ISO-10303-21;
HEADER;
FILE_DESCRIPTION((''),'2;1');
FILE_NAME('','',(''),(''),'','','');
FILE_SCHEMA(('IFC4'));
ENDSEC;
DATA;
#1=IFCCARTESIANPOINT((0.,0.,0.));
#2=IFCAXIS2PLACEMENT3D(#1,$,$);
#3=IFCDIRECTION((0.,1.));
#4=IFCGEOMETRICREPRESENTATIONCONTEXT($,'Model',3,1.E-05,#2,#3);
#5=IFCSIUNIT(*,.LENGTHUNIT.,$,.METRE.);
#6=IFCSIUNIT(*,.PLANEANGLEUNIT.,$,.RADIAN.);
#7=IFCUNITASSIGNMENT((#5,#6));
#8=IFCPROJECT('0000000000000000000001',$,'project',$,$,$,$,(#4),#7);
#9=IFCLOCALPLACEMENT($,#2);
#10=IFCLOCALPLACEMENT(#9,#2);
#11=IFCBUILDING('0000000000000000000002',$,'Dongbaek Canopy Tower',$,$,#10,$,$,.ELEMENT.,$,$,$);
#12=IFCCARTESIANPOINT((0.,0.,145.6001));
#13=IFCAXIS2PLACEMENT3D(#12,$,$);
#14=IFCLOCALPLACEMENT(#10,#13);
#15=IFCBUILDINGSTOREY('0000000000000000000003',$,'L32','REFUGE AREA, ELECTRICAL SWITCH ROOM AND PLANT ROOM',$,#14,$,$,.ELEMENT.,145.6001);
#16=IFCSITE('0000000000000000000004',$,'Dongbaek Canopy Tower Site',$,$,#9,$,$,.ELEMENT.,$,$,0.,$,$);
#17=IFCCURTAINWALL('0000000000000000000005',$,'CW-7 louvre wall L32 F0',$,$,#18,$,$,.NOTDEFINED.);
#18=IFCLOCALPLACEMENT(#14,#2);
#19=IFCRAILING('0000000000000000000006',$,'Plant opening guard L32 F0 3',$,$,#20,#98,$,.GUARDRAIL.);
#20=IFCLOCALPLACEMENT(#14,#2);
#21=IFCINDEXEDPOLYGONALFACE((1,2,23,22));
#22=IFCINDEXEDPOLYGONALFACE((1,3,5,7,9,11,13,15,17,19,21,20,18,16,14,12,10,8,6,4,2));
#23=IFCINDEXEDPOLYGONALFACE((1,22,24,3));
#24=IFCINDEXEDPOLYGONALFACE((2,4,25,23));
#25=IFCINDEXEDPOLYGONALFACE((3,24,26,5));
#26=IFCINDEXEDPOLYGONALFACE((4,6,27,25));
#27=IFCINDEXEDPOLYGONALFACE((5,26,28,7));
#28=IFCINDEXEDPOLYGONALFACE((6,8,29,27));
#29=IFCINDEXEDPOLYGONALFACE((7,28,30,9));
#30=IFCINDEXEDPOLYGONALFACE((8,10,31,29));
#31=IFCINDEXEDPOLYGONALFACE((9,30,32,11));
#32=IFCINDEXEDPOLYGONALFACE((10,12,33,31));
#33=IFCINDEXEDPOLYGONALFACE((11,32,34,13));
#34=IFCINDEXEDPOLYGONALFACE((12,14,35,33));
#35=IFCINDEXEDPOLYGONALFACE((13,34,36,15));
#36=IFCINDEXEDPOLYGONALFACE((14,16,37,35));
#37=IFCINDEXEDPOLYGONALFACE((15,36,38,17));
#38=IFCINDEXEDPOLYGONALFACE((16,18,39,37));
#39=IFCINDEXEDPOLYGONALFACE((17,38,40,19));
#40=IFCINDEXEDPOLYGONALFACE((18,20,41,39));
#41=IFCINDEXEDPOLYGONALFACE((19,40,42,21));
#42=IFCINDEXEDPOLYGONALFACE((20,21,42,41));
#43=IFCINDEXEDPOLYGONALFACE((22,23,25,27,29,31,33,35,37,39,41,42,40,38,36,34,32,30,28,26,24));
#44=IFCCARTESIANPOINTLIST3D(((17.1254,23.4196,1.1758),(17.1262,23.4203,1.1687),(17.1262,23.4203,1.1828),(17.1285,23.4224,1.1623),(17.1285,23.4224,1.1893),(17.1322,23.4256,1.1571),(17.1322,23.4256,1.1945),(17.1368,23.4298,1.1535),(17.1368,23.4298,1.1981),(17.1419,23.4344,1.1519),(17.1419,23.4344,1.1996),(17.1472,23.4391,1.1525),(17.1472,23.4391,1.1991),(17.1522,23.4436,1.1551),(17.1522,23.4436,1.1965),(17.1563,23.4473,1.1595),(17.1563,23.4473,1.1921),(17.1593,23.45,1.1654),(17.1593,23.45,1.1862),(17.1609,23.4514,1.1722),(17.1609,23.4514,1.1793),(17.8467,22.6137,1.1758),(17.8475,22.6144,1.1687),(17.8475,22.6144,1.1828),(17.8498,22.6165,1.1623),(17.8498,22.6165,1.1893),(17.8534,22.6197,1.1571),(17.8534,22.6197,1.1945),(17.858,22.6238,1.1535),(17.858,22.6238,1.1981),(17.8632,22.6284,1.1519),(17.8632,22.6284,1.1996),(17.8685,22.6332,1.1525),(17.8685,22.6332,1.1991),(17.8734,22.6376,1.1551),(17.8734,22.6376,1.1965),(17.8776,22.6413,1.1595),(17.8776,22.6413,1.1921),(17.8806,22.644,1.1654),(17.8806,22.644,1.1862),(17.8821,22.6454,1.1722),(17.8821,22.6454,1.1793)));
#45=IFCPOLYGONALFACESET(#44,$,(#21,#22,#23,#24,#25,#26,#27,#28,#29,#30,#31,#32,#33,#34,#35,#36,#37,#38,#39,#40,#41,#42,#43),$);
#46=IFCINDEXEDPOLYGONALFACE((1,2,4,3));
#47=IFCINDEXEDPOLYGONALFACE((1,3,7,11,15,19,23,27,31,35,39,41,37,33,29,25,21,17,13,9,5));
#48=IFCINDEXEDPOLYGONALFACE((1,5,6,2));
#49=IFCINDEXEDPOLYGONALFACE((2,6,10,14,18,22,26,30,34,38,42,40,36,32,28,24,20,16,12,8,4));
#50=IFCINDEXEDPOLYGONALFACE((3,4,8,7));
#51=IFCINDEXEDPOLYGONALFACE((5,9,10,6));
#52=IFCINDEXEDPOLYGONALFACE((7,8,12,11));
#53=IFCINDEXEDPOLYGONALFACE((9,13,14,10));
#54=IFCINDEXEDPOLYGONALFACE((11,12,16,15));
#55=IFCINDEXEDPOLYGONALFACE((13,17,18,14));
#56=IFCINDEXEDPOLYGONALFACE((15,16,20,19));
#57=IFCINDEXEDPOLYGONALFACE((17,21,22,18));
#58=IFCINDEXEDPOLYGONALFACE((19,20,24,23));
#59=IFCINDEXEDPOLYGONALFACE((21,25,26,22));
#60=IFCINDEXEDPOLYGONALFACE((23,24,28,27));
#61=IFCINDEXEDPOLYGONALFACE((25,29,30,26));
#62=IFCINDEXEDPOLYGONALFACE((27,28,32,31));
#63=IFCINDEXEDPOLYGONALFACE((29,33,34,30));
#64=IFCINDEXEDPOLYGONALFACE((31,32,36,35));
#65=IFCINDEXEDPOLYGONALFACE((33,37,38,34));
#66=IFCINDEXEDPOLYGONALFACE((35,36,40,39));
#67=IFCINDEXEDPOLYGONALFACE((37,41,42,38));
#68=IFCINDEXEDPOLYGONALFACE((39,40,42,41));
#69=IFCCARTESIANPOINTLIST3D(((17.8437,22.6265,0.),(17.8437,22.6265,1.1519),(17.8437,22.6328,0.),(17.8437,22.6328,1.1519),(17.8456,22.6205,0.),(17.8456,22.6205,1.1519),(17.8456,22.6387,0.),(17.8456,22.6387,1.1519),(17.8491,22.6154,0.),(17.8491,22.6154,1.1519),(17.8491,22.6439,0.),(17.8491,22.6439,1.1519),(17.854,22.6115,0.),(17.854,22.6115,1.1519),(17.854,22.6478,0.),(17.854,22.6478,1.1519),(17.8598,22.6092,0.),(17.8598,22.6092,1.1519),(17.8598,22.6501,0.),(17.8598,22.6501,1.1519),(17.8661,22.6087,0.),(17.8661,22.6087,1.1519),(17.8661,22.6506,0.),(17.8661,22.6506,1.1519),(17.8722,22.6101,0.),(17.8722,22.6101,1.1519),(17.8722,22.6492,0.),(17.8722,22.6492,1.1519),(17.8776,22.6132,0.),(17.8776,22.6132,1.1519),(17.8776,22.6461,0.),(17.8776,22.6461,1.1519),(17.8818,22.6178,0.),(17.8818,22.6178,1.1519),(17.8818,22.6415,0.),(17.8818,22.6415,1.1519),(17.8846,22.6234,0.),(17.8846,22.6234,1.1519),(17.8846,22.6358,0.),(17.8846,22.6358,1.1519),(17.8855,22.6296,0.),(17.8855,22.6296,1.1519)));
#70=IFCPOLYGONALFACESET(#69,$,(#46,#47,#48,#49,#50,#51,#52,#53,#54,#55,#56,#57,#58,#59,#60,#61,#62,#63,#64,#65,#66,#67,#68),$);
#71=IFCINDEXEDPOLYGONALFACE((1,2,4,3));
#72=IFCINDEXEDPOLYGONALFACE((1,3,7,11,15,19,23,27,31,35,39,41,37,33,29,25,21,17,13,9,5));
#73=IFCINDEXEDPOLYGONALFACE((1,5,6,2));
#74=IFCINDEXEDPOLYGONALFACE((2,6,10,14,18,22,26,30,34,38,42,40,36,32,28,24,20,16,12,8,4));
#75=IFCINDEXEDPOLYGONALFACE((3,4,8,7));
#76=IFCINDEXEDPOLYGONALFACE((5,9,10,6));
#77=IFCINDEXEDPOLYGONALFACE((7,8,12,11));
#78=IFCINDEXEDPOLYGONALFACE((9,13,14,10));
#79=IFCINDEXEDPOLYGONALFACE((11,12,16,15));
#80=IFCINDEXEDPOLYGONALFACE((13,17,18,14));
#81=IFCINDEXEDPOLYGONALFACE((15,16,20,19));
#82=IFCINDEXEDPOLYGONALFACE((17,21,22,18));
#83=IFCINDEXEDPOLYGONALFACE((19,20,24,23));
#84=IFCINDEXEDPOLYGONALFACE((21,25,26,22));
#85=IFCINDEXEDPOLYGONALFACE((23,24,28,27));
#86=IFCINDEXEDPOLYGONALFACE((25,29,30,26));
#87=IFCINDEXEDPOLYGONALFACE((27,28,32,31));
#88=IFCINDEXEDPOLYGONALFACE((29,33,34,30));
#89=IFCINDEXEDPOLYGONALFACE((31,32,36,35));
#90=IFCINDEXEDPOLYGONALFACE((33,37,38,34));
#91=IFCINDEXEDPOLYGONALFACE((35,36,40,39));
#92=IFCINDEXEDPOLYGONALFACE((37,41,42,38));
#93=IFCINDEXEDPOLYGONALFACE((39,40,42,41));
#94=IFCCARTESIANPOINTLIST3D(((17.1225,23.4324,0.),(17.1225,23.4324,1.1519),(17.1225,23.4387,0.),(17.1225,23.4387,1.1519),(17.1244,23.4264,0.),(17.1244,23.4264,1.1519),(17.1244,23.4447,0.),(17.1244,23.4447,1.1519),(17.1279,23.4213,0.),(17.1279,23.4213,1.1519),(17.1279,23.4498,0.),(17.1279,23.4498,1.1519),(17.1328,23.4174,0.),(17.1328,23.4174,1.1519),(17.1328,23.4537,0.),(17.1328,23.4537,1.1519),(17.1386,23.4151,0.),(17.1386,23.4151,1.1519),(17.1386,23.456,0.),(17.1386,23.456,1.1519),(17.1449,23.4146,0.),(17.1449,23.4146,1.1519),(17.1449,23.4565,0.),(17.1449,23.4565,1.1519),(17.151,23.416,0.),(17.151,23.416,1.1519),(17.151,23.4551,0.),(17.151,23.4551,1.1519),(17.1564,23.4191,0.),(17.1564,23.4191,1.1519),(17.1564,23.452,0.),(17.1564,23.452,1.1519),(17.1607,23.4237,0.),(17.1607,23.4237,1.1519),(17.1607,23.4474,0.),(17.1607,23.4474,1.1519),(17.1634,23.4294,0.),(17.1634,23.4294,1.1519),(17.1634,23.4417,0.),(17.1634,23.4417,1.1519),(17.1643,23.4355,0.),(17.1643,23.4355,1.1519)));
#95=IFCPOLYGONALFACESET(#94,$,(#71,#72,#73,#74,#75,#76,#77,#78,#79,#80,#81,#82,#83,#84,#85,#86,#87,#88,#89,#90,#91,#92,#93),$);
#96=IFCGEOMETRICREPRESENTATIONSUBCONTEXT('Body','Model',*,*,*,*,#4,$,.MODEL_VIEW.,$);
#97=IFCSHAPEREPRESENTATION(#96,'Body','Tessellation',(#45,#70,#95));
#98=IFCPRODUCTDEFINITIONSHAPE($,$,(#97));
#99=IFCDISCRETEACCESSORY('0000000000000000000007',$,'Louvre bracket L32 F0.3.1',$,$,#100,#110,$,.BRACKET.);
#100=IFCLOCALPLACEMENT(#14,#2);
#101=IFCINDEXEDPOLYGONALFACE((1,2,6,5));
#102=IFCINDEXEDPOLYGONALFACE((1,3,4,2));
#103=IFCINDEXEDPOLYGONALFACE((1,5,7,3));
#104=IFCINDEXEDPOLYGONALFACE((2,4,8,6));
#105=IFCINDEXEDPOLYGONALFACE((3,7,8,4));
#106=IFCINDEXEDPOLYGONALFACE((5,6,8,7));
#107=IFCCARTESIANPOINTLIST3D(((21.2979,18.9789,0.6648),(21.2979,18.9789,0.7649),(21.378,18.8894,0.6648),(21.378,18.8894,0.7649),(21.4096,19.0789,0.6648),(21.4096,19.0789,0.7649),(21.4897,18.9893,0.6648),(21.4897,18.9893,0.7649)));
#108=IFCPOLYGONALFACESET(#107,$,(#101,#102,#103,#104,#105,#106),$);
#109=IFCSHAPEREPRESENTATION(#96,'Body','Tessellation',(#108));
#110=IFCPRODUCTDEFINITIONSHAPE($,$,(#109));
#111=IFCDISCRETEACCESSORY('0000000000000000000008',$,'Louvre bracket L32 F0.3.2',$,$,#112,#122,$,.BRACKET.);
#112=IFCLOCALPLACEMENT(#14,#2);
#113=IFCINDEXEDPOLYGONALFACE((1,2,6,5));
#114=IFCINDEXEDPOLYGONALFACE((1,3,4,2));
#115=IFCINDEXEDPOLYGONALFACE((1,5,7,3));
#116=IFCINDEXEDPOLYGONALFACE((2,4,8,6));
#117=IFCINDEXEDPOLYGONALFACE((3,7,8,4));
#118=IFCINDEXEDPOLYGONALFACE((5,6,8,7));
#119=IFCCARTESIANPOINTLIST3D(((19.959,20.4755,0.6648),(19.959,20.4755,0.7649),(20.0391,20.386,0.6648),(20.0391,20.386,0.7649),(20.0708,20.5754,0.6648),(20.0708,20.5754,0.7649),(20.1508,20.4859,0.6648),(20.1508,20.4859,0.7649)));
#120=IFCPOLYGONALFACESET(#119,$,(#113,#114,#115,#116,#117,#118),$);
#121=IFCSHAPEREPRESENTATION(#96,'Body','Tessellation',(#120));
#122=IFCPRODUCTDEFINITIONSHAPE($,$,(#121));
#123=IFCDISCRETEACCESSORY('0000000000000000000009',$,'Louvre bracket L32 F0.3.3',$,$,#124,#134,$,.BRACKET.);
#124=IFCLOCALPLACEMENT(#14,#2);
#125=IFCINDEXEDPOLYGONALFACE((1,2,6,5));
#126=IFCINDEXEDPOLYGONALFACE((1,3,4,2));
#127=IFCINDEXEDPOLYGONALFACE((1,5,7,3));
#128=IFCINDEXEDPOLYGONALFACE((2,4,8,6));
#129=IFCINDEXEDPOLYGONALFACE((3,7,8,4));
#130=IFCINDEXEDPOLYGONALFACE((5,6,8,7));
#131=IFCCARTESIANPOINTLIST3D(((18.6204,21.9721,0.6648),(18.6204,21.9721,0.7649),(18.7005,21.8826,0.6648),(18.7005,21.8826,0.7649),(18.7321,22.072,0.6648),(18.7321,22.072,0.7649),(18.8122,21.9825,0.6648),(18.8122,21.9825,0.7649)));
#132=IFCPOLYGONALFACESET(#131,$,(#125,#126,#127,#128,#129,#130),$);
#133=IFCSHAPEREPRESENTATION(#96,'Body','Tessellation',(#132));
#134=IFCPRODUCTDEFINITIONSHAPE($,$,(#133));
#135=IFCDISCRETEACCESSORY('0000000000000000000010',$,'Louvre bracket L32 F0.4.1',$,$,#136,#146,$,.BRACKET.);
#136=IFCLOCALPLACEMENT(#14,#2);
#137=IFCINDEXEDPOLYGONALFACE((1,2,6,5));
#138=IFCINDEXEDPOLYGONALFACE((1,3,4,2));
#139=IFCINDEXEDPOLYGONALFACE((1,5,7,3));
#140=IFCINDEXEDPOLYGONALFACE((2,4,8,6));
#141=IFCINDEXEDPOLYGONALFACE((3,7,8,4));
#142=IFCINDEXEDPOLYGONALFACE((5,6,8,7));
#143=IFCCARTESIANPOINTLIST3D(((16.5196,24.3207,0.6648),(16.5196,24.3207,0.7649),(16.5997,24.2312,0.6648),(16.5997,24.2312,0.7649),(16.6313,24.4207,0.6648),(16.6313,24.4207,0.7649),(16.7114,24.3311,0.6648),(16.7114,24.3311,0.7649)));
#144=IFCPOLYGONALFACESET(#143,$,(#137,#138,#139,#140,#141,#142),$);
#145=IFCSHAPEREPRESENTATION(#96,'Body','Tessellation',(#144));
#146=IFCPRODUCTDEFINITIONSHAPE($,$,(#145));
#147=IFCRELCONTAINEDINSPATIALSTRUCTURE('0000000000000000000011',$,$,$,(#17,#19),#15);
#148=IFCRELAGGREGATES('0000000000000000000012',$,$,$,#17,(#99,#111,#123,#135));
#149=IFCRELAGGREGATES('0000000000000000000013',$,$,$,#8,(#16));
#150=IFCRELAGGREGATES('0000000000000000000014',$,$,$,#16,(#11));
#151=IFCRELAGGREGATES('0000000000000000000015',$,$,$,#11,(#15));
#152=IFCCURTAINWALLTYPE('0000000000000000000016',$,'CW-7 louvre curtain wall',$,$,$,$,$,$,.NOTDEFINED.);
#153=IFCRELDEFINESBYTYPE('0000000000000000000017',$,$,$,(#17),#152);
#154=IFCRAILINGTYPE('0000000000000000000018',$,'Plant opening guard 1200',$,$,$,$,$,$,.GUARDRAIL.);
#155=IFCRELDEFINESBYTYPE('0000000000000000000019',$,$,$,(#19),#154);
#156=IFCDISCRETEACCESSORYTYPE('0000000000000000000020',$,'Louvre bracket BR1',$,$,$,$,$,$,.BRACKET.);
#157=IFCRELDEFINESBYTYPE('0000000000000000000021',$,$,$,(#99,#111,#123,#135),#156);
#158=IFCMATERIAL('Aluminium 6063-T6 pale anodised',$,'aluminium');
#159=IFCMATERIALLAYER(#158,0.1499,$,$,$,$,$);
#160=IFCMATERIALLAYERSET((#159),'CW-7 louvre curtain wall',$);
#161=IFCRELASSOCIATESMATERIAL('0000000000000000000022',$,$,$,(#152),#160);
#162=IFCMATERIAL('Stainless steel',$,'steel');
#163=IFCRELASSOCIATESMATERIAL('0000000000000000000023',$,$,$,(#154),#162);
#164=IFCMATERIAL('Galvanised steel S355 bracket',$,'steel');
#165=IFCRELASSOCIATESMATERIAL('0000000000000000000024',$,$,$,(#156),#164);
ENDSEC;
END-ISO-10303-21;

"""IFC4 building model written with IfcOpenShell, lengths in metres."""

from ifc_helpers import new_model, si_unit, direction, frame, origin, origin_2d, place, context, subcontext, project, spatial, rectangle, circle, extrude, material, layer, layer_set, type_object, element, aggregate, save


model = new_model("IFC4")

# Units and contexts
model_context = context("Model", 3, precision=1e-05, world=origin(), true_north=direction((0.0, 1.0)))
body_context = subcontext(model_context, "Body", "Model", "MODEL_VIEW")
ifc_project = project(units=[si_unit("LENGTHUNIT", "METRE"), si_unit("PLANEANGLEUNIT", "RADIAN")], contexts=[model_context])

# Site, building, storey
site_placement = place(None, origin())
site = spatial("IfcSite", under=ifc_project, at=site_placement, Name="Dongbaek Canopy Tower Site", CompositionType="ELEMENT", RefElevation=0.0)
building_placement = place(site_placement, origin())
building = spatial("IfcBuilding", under=site, at=building_placement, Name="Dongbaek Canopy Tower", CompositionType="ELEMENT")
storey_placement = place(building_placement, frame((0.0, 0.0, 145.6001)))
storey = spatial("IfcBuildingStorey", under=building, at=storey_placement, Name="L32", Description="REFUGE AREA, ELECTRICAL SWITCH ROOM AND PLANT ROOM", CompositionType="ELEMENT", Elevation=145.6001)

# Curtain wall
ifc_material_1 = material(Name="Aluminium 6063-T6 pale anodised", Category="aluminium")
ifc_layer_1 = layer(ifc_material_1, 0.1499)
ifc_layer_set_1 = layer_set([ifc_layer_1], Name="CW-7 louvre curtain wall")
curtain_wall_type = type_object("IfcCurtainWallType", Name="CW-7 louvre curtain wall", PredefinedType="NOTDEFINED", material=ifc_layer_set_1)
curtain_wall_placement = place(storey_placement, origin())
curtain_wall = element("IfcCurtainWall", 1, at=curtain_wall_placement, inside=storey, type_object=curtain_wall_type, Name="CW-7 louvre wall L32 F0", PredefinedType="NOTDEFINED")

# Railing
ifc_material_2 = material(Name="Stainless steel", Category="steel")
railing_type = type_object("IfcRailingType", Name="Plant opening guard 1200", PredefinedType="GUARDRAIL", material=ifc_material_2)
railing_placement = place(storey_placement, frame((17.8645, 22.6296, 0.0)))
element("IfcRailing", 2, at=railing_placement, inside=storey, type_object=railing_type, Name="Plant opening guard L32 F0 3", PredefinedType="GUARDRAIL", context=body_context, shape_type="SweptSolid", body=[
    extrude(circle(Radius=0.0239, at=origin_2d()), frame((0.0, 0.0, 1.1758), z_axis=(-0.666854, 0.745188, 0.0), x_axis=(-0.745188, -0.666854, 0.0)), (0.0, 0.0, 1.0), 1.0815),
    extrude(circle(Radius=0.021, at=origin_2d()), origin(), (0.0, 0.0, 1.0), 1.1519),
    extrude(circle(Radius=0.021, at=origin_2d()), frame((-0.7212, 0.8059, 0.0)), (0.0, 0.0, 1.0), 1.1519),
])

# Discrete accessories
ifc_material_3 = material(Name="Galvanised steel S355 bracket", Category="steel")
discrete_accessory_type = type_object("IfcDiscreteAccessoryType", Name="Louvre bracket BR1", PredefinedType="BRACKET", material=ifc_material_3)
discrete_accessory_1_placement = place(storey_placement, frame((21.3938, 18.9841, 0.6648), z_axis=(0.0, 0.0, 1.0), x_axis=(-0.666716, 0.745312, 0.0)))
discrete_accessory_1 = element("IfcDiscreteAccessory", 3, at=discrete_accessory_1_placement, type_object=discrete_accessory_type, Name="Louvre bracket L32 F0.3.1", PredefinedType="BRACKET", context=body_context, shape_type="SweptSolid", body=[
    extrude(rectangle(XDim=0.1201, YDim=0.1499, at=origin_2d()), origin(), (0.0, 0.0, 1.0), 0.1001),
])
discrete_accessory_2_placement = place(storey_placement, frame((20.0549, 20.4807, 0.6648), z_axis=(0.0, 0.0, 1.0), x_axis=(-0.666716, 0.745312, 0.0)))
discrete_accessory_2 = element("IfcDiscreteAccessory", 4, at=discrete_accessory_2_placement, type_object=discrete_accessory_type, Name="Louvre bracket L32 F0.3.2", PredefinedType="BRACKET", context=body_context, shape_type="SweptSolid", body=[
    extrude(rectangle(XDim=0.1201, YDim=0.1499, at=origin_2d()), origin(), (0.0, 0.0, 1.0), 0.1001),
])
discrete_accessory_3_placement = place(storey_placement, frame((18.7163, 21.9773, 0.6648), z_axis=(0.0, 0.0, 1.0), x_axis=(-0.666716, 0.745312, 0.0)))
discrete_accessory_3 = element("IfcDiscreteAccessory", 5, at=discrete_accessory_3_placement, type_object=discrete_accessory_type, Name="Louvre bracket L32 F0.3.3", PredefinedType="BRACKET", context=body_context, shape_type="SweptSolid", body=[
    extrude(rectangle(XDim=0.1201, YDim=0.1499, at=origin_2d()), origin(), (0.0, 0.0, 1.0), 0.1001),
])
discrete_accessory_4_placement = place(storey_placement, frame((16.6155, 24.3259, 0.6648), z_axis=(0.0, 0.0, 1.0), x_axis=(-0.666716, 0.745312, 0.0)))
discrete_accessory_4 = element("IfcDiscreteAccessory", 6, at=discrete_accessory_4_placement, type_object=discrete_accessory_type, Name="Louvre bracket L32 F0.4.1", PredefinedType="BRACKET", context=body_context, shape_type="SweptSolid", body=[
    extrude(rectangle(XDim=0.1201, YDim=0.1499, at=origin_2d()), origin(), (0.0, 0.0, 1.0), 0.1001),
])
aggregate(curtain_wall, [discrete_accessory_1, discrete_accessory_2, discrete_accessory_3, discrete_accessory_4])

save(model, "model.ifc")
